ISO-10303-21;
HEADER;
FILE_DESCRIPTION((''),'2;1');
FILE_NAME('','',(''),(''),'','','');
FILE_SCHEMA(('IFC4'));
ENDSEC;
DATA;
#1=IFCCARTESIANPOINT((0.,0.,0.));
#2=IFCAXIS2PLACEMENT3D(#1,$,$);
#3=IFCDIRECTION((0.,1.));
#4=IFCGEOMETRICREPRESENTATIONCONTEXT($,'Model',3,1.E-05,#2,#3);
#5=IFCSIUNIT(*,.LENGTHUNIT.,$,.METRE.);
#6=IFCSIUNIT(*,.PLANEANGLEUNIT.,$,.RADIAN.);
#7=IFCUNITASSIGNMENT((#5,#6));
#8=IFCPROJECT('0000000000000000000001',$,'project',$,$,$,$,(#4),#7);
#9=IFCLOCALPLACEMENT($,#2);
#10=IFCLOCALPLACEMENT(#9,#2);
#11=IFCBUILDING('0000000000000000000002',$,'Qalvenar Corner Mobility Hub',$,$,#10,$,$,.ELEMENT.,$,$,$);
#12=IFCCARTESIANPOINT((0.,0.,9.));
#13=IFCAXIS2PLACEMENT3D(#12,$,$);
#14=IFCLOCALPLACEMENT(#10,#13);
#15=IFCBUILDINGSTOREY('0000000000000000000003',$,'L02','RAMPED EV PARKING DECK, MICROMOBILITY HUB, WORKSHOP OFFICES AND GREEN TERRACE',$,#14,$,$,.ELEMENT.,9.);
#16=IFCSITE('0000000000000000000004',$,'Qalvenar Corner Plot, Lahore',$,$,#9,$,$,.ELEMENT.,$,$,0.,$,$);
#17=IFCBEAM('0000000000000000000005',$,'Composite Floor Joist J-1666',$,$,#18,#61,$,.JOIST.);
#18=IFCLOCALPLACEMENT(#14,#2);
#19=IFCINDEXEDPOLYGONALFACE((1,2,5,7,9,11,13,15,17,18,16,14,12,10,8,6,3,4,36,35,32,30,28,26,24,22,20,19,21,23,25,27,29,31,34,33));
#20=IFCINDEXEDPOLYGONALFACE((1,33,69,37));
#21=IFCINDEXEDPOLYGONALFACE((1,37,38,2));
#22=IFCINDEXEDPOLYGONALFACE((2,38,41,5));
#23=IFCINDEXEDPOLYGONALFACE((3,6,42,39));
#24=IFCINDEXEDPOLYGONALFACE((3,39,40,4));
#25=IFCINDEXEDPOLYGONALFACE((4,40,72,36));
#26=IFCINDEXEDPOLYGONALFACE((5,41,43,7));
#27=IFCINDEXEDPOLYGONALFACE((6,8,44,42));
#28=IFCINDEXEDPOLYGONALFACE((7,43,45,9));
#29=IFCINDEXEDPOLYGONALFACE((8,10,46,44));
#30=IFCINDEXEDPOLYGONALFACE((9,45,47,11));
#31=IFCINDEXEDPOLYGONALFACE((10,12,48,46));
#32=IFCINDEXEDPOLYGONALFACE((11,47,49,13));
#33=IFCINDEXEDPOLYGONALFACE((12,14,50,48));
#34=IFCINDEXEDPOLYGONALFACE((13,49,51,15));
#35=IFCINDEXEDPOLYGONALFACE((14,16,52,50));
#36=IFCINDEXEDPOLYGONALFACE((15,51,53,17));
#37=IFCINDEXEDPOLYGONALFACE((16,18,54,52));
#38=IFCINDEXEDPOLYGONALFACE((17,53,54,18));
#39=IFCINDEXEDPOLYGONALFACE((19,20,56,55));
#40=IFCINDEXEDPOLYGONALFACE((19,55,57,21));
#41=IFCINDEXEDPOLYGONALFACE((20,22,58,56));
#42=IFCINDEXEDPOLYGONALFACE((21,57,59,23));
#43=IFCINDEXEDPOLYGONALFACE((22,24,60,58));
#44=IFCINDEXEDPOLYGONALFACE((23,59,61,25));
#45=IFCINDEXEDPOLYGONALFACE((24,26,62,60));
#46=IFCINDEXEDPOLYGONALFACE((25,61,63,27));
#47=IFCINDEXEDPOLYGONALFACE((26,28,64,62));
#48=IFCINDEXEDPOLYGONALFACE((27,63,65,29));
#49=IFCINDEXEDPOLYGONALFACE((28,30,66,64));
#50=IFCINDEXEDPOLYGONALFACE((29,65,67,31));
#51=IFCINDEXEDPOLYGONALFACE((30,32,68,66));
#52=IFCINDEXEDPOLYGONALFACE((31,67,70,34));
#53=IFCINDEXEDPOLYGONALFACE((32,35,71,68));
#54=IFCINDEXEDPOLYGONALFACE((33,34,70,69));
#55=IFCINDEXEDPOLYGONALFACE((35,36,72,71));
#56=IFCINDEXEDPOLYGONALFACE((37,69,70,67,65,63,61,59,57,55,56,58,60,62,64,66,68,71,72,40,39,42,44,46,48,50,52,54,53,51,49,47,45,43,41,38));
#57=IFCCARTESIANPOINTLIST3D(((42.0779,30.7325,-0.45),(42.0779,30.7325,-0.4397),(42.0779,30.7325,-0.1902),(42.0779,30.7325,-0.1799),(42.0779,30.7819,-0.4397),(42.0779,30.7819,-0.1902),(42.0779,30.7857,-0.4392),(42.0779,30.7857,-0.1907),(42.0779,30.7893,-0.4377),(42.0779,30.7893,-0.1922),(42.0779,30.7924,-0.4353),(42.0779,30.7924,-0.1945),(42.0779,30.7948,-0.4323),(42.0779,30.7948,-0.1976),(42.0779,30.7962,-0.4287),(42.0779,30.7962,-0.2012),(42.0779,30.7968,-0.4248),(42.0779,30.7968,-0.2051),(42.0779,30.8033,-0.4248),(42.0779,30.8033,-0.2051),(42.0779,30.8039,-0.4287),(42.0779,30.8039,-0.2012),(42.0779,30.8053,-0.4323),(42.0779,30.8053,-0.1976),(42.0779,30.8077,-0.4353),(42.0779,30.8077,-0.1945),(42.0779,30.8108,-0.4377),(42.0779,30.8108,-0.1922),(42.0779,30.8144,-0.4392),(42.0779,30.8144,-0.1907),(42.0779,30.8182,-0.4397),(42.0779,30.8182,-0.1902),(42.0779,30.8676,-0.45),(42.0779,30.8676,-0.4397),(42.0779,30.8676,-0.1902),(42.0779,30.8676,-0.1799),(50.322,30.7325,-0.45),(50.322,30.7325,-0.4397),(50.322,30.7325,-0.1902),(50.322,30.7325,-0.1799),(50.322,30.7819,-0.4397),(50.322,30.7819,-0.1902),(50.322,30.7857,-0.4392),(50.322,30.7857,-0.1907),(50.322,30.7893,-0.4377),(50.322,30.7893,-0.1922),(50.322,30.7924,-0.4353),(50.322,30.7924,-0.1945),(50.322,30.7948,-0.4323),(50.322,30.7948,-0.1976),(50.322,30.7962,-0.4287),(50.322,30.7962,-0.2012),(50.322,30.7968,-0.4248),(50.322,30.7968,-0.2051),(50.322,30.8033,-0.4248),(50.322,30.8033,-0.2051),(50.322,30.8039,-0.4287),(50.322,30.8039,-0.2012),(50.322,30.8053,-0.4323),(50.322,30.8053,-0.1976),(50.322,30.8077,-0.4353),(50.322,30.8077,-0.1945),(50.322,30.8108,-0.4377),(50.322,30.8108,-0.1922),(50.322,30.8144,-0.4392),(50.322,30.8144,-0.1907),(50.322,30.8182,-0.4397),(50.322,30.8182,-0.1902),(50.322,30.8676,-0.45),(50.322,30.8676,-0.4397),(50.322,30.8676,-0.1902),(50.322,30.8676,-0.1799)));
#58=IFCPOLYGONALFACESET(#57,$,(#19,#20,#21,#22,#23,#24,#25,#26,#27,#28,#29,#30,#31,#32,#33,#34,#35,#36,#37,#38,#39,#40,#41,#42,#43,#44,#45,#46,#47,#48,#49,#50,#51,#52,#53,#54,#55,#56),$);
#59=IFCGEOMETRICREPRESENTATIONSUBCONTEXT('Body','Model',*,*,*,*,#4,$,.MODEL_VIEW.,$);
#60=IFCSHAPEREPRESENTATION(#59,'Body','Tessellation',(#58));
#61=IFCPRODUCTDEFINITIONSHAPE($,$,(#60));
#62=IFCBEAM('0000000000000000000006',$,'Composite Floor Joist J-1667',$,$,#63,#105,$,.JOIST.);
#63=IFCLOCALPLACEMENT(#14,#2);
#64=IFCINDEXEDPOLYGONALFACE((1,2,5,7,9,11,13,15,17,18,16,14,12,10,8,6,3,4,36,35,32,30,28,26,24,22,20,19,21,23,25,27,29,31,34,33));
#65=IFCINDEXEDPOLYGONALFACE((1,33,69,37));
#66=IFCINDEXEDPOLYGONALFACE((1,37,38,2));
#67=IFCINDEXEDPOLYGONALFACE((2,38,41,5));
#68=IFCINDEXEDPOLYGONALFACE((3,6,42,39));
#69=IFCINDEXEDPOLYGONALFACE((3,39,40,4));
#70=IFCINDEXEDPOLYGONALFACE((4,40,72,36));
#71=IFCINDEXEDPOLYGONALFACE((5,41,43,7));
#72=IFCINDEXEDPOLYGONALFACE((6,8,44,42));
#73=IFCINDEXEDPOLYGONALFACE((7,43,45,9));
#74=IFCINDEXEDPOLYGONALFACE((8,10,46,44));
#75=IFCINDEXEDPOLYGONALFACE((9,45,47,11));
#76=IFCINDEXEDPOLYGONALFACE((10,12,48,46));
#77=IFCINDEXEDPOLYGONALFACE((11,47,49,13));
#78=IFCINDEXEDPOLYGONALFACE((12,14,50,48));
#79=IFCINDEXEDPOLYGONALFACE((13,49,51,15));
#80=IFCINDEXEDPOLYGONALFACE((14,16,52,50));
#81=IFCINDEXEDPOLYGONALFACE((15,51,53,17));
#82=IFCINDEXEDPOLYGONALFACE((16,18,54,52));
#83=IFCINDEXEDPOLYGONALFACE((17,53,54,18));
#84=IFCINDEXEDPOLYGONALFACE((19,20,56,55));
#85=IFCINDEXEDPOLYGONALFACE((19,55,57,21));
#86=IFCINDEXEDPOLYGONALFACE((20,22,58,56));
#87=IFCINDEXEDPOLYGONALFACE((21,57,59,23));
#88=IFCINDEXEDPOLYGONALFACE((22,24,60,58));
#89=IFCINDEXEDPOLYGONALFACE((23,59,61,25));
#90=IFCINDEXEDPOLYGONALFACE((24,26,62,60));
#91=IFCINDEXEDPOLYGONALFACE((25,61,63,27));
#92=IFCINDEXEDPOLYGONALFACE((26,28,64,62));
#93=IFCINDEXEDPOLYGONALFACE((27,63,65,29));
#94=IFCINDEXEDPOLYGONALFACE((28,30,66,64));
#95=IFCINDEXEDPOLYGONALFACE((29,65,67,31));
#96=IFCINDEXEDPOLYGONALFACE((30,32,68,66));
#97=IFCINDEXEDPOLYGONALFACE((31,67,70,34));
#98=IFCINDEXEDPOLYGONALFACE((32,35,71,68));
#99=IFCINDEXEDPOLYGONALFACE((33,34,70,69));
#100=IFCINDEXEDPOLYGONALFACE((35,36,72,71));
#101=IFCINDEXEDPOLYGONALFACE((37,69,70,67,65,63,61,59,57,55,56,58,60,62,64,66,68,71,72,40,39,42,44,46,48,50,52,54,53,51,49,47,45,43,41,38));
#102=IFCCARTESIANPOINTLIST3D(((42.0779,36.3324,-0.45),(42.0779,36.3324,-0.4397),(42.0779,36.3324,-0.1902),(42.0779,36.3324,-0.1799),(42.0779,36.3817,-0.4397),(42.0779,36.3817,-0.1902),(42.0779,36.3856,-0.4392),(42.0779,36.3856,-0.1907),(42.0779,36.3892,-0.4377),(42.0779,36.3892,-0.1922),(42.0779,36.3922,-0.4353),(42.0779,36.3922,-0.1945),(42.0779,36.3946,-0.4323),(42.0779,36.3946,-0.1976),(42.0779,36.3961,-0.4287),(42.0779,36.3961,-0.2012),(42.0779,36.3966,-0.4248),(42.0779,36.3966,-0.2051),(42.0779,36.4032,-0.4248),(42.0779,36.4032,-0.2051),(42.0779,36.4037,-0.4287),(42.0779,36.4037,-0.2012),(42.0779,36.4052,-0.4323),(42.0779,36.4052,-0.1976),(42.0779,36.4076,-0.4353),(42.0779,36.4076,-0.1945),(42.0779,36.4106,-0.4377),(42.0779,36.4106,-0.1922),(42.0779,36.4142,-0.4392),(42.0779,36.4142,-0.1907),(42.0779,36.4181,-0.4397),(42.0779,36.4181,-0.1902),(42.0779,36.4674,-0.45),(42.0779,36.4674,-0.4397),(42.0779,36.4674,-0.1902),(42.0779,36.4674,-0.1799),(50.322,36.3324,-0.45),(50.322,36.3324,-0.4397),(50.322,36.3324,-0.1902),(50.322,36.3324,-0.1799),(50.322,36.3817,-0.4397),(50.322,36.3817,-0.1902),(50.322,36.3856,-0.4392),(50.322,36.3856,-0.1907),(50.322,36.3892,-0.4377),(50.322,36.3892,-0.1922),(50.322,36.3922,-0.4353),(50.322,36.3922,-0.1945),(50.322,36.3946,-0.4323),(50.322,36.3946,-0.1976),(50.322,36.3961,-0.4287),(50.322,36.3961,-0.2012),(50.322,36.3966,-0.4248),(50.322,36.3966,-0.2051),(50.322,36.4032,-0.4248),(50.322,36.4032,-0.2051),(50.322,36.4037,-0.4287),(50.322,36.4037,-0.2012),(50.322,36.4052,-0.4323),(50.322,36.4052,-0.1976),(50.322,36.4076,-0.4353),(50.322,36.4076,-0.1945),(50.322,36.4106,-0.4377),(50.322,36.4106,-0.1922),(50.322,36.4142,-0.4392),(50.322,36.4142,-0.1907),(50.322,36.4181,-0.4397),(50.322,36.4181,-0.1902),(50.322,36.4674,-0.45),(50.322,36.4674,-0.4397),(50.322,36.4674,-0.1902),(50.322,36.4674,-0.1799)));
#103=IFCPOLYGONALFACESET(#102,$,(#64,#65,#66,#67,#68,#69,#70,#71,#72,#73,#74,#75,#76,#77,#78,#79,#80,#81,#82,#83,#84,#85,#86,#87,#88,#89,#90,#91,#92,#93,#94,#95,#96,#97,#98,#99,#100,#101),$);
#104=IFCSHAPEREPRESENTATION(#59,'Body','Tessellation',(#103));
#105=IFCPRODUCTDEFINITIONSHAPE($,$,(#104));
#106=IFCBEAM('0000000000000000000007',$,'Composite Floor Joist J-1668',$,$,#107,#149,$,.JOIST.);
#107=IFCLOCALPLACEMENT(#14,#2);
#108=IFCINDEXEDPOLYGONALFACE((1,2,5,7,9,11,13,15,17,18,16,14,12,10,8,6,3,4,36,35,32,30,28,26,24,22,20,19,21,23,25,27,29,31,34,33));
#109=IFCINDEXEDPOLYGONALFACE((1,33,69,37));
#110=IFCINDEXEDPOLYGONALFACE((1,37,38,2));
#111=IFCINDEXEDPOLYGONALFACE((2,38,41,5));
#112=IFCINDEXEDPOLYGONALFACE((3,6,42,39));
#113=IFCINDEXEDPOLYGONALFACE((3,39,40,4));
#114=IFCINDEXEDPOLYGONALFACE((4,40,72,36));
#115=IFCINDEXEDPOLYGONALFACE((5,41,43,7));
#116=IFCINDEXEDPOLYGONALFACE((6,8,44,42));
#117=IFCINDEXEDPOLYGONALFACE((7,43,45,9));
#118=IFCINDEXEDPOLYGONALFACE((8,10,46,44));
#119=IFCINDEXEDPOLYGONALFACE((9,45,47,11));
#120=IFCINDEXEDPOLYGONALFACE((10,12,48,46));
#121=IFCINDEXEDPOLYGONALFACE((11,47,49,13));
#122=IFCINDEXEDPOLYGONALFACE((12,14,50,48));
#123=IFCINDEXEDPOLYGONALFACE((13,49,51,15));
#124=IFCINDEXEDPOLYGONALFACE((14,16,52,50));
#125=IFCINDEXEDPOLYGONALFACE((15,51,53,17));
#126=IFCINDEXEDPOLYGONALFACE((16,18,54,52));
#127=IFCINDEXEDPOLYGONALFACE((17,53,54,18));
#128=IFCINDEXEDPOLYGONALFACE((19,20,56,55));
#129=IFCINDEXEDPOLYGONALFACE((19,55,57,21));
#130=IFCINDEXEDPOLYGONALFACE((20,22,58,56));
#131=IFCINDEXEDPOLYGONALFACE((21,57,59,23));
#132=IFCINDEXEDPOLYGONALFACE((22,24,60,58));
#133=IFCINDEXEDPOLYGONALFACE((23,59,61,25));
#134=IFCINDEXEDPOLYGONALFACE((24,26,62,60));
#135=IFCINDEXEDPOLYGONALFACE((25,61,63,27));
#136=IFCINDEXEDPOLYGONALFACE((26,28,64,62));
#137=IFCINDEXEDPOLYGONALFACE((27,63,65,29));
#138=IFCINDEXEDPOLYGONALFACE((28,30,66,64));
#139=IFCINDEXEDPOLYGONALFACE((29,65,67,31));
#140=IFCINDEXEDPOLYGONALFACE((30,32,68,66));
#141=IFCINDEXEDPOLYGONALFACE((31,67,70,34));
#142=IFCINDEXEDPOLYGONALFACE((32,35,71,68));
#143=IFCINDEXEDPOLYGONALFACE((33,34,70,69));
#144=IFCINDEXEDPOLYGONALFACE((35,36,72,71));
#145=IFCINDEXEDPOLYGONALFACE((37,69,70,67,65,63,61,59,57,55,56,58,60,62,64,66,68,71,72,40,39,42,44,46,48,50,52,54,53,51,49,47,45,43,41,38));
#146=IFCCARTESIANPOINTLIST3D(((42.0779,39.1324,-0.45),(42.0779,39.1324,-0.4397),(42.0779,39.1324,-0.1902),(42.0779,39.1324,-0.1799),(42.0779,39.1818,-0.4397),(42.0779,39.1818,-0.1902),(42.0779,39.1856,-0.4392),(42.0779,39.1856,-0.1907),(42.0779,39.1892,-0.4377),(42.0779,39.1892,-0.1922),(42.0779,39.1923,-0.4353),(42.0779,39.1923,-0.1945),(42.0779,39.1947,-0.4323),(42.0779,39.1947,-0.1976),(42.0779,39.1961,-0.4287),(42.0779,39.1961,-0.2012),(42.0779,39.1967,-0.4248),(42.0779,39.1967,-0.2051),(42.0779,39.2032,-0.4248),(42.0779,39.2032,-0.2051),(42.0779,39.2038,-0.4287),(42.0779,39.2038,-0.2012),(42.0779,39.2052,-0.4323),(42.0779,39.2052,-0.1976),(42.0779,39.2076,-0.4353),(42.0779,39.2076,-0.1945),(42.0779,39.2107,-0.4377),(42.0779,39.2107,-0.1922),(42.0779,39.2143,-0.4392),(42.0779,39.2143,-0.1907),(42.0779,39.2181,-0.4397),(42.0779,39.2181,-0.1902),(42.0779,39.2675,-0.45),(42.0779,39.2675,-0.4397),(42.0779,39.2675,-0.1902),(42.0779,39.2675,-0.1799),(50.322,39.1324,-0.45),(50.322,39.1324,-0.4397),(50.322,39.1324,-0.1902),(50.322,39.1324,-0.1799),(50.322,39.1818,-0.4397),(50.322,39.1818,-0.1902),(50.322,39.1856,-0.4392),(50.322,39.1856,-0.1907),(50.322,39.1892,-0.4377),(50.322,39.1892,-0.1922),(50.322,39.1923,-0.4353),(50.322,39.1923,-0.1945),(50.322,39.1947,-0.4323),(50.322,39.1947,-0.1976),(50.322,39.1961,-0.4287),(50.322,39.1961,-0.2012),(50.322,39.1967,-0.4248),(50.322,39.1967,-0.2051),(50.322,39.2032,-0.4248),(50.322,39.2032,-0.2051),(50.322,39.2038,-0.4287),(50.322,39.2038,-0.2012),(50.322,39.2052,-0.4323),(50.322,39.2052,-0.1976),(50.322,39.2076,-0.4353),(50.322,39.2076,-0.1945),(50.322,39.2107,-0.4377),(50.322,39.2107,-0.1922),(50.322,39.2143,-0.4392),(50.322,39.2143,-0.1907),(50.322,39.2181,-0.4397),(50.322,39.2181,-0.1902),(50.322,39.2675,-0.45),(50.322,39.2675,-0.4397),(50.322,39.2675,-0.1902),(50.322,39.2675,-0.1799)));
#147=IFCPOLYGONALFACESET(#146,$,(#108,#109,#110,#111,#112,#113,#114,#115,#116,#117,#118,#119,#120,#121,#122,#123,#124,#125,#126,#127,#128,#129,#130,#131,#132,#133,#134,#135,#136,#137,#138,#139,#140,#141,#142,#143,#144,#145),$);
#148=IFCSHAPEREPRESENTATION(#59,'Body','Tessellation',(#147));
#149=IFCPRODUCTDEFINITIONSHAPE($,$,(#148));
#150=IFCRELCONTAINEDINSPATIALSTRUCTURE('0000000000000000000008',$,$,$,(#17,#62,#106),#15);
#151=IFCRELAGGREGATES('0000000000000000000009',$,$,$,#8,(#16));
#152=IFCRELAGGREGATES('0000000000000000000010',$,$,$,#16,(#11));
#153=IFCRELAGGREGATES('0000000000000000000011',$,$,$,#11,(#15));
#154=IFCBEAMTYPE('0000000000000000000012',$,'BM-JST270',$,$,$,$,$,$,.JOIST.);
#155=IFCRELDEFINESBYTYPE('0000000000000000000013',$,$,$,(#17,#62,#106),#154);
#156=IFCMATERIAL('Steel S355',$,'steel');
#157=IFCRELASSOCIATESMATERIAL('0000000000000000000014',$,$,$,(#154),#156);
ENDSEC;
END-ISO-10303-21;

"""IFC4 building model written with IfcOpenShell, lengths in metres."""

from ifc_helpers import new_model, si_unit, direction, frame, origin, origin_2d, place, context, subcontext, project, spatial, i_section, extrude, material, material_profile, profile_set, type_object, element, save


model = new_model("IFC4")

# Units and contexts
model_context = context("Model", 3, precision=1e-05, world=origin(), true_north=direction((0.0, 1.0)))
body_context = subcontext(model_context, "Body", "Model", "MODEL_VIEW")
ifc_project = project(units=[si_unit("LENGTHUNIT", "METRE"), si_unit("PLANEANGLEUNIT", "RADIAN")], contexts=[model_context])

# Site, building, storey
site_placement = place(None, origin())
site = spatial("IfcSite", under=ifc_project, at=site_placement, Name="Qalvenar Corner Plot, Lahore", CompositionType="ELEMENT", RefElevation=0.0)
building_placement = place(site_placement, origin())
building = spatial("IfcBuilding", under=site, at=building_placement, Name="Qalvenar Corner Mobility Hub", CompositionType="ELEMENT")
storey_placement = place(building_placement, frame((0.0, 0.0, 9.0)))
storey = spatial("IfcBuildingStorey", under=building, at=storey_placement, Name="L02", Description="RAMPED EV PARKING DECK, MICROMOBILITY HUB, WORKSHOP OFFICES AND GREEN TERRACE", CompositionType="ELEMENT", Elevation=9.0)

# Shared definitions
ifc_material_1 = material(Name="Steel S355", Category="steel")

# Beams
ifc_material_profile_1 = material_profile(ifc_material_1, i_section(OverallWidth=0.135, OverallDepth=0.27, WebThickness=0.0066, FlangeThickness=0.0103, FilletRadius=0.0149, at=origin_2d()), Name="IPE270")
ifc_profile_set_1 = profile_set([ifc_material_profile_1], Name="Steel S355")
beam_type_1 = type_object("IfcBeamType", Name="BM-JST270", PredefinedType="JOIST", material=ifc_profile_set_1)
for number, where, z_axis, x_axis, name in (
    (1, (42.0779, 30.8, -0.3149), (1.0, 0.0, 0.0), (0.0, 1.0, 0.0), "Composite Floor Joist J-1666"),
    (2, (42.0779, 36.3999, -0.3149), (1.0, 0.0, 0.0), (0.0, 1.0, 0.0), "Composite Floor Joist J-1667"),
    (3, (42.0779, 39.2, -0.3149), (1.0, 0.0, 0.0), (0.0, 1.0, 0.0), "Composite Floor Joist J-1668"),
):
    element("IfcBeam", number, at=place(storey_placement, frame(where, z_axis=z_axis, x_axis=x_axis)), inside=storey, type_object=beam_type_1, Name=name, PredefinedType="JOIST", context=body_context, shape_type="SweptSolid", body=[
        extrude(i_section(OverallWidth=0.135, OverallDepth=0.27, WebThickness=0.0066, FlangeThickness=0.0103, FilletRadius=0.0149, at=origin_2d()), origin(), (0.0, 0.0, 1.0), 8.2441),
    ])

save(model, "model.ifc")
